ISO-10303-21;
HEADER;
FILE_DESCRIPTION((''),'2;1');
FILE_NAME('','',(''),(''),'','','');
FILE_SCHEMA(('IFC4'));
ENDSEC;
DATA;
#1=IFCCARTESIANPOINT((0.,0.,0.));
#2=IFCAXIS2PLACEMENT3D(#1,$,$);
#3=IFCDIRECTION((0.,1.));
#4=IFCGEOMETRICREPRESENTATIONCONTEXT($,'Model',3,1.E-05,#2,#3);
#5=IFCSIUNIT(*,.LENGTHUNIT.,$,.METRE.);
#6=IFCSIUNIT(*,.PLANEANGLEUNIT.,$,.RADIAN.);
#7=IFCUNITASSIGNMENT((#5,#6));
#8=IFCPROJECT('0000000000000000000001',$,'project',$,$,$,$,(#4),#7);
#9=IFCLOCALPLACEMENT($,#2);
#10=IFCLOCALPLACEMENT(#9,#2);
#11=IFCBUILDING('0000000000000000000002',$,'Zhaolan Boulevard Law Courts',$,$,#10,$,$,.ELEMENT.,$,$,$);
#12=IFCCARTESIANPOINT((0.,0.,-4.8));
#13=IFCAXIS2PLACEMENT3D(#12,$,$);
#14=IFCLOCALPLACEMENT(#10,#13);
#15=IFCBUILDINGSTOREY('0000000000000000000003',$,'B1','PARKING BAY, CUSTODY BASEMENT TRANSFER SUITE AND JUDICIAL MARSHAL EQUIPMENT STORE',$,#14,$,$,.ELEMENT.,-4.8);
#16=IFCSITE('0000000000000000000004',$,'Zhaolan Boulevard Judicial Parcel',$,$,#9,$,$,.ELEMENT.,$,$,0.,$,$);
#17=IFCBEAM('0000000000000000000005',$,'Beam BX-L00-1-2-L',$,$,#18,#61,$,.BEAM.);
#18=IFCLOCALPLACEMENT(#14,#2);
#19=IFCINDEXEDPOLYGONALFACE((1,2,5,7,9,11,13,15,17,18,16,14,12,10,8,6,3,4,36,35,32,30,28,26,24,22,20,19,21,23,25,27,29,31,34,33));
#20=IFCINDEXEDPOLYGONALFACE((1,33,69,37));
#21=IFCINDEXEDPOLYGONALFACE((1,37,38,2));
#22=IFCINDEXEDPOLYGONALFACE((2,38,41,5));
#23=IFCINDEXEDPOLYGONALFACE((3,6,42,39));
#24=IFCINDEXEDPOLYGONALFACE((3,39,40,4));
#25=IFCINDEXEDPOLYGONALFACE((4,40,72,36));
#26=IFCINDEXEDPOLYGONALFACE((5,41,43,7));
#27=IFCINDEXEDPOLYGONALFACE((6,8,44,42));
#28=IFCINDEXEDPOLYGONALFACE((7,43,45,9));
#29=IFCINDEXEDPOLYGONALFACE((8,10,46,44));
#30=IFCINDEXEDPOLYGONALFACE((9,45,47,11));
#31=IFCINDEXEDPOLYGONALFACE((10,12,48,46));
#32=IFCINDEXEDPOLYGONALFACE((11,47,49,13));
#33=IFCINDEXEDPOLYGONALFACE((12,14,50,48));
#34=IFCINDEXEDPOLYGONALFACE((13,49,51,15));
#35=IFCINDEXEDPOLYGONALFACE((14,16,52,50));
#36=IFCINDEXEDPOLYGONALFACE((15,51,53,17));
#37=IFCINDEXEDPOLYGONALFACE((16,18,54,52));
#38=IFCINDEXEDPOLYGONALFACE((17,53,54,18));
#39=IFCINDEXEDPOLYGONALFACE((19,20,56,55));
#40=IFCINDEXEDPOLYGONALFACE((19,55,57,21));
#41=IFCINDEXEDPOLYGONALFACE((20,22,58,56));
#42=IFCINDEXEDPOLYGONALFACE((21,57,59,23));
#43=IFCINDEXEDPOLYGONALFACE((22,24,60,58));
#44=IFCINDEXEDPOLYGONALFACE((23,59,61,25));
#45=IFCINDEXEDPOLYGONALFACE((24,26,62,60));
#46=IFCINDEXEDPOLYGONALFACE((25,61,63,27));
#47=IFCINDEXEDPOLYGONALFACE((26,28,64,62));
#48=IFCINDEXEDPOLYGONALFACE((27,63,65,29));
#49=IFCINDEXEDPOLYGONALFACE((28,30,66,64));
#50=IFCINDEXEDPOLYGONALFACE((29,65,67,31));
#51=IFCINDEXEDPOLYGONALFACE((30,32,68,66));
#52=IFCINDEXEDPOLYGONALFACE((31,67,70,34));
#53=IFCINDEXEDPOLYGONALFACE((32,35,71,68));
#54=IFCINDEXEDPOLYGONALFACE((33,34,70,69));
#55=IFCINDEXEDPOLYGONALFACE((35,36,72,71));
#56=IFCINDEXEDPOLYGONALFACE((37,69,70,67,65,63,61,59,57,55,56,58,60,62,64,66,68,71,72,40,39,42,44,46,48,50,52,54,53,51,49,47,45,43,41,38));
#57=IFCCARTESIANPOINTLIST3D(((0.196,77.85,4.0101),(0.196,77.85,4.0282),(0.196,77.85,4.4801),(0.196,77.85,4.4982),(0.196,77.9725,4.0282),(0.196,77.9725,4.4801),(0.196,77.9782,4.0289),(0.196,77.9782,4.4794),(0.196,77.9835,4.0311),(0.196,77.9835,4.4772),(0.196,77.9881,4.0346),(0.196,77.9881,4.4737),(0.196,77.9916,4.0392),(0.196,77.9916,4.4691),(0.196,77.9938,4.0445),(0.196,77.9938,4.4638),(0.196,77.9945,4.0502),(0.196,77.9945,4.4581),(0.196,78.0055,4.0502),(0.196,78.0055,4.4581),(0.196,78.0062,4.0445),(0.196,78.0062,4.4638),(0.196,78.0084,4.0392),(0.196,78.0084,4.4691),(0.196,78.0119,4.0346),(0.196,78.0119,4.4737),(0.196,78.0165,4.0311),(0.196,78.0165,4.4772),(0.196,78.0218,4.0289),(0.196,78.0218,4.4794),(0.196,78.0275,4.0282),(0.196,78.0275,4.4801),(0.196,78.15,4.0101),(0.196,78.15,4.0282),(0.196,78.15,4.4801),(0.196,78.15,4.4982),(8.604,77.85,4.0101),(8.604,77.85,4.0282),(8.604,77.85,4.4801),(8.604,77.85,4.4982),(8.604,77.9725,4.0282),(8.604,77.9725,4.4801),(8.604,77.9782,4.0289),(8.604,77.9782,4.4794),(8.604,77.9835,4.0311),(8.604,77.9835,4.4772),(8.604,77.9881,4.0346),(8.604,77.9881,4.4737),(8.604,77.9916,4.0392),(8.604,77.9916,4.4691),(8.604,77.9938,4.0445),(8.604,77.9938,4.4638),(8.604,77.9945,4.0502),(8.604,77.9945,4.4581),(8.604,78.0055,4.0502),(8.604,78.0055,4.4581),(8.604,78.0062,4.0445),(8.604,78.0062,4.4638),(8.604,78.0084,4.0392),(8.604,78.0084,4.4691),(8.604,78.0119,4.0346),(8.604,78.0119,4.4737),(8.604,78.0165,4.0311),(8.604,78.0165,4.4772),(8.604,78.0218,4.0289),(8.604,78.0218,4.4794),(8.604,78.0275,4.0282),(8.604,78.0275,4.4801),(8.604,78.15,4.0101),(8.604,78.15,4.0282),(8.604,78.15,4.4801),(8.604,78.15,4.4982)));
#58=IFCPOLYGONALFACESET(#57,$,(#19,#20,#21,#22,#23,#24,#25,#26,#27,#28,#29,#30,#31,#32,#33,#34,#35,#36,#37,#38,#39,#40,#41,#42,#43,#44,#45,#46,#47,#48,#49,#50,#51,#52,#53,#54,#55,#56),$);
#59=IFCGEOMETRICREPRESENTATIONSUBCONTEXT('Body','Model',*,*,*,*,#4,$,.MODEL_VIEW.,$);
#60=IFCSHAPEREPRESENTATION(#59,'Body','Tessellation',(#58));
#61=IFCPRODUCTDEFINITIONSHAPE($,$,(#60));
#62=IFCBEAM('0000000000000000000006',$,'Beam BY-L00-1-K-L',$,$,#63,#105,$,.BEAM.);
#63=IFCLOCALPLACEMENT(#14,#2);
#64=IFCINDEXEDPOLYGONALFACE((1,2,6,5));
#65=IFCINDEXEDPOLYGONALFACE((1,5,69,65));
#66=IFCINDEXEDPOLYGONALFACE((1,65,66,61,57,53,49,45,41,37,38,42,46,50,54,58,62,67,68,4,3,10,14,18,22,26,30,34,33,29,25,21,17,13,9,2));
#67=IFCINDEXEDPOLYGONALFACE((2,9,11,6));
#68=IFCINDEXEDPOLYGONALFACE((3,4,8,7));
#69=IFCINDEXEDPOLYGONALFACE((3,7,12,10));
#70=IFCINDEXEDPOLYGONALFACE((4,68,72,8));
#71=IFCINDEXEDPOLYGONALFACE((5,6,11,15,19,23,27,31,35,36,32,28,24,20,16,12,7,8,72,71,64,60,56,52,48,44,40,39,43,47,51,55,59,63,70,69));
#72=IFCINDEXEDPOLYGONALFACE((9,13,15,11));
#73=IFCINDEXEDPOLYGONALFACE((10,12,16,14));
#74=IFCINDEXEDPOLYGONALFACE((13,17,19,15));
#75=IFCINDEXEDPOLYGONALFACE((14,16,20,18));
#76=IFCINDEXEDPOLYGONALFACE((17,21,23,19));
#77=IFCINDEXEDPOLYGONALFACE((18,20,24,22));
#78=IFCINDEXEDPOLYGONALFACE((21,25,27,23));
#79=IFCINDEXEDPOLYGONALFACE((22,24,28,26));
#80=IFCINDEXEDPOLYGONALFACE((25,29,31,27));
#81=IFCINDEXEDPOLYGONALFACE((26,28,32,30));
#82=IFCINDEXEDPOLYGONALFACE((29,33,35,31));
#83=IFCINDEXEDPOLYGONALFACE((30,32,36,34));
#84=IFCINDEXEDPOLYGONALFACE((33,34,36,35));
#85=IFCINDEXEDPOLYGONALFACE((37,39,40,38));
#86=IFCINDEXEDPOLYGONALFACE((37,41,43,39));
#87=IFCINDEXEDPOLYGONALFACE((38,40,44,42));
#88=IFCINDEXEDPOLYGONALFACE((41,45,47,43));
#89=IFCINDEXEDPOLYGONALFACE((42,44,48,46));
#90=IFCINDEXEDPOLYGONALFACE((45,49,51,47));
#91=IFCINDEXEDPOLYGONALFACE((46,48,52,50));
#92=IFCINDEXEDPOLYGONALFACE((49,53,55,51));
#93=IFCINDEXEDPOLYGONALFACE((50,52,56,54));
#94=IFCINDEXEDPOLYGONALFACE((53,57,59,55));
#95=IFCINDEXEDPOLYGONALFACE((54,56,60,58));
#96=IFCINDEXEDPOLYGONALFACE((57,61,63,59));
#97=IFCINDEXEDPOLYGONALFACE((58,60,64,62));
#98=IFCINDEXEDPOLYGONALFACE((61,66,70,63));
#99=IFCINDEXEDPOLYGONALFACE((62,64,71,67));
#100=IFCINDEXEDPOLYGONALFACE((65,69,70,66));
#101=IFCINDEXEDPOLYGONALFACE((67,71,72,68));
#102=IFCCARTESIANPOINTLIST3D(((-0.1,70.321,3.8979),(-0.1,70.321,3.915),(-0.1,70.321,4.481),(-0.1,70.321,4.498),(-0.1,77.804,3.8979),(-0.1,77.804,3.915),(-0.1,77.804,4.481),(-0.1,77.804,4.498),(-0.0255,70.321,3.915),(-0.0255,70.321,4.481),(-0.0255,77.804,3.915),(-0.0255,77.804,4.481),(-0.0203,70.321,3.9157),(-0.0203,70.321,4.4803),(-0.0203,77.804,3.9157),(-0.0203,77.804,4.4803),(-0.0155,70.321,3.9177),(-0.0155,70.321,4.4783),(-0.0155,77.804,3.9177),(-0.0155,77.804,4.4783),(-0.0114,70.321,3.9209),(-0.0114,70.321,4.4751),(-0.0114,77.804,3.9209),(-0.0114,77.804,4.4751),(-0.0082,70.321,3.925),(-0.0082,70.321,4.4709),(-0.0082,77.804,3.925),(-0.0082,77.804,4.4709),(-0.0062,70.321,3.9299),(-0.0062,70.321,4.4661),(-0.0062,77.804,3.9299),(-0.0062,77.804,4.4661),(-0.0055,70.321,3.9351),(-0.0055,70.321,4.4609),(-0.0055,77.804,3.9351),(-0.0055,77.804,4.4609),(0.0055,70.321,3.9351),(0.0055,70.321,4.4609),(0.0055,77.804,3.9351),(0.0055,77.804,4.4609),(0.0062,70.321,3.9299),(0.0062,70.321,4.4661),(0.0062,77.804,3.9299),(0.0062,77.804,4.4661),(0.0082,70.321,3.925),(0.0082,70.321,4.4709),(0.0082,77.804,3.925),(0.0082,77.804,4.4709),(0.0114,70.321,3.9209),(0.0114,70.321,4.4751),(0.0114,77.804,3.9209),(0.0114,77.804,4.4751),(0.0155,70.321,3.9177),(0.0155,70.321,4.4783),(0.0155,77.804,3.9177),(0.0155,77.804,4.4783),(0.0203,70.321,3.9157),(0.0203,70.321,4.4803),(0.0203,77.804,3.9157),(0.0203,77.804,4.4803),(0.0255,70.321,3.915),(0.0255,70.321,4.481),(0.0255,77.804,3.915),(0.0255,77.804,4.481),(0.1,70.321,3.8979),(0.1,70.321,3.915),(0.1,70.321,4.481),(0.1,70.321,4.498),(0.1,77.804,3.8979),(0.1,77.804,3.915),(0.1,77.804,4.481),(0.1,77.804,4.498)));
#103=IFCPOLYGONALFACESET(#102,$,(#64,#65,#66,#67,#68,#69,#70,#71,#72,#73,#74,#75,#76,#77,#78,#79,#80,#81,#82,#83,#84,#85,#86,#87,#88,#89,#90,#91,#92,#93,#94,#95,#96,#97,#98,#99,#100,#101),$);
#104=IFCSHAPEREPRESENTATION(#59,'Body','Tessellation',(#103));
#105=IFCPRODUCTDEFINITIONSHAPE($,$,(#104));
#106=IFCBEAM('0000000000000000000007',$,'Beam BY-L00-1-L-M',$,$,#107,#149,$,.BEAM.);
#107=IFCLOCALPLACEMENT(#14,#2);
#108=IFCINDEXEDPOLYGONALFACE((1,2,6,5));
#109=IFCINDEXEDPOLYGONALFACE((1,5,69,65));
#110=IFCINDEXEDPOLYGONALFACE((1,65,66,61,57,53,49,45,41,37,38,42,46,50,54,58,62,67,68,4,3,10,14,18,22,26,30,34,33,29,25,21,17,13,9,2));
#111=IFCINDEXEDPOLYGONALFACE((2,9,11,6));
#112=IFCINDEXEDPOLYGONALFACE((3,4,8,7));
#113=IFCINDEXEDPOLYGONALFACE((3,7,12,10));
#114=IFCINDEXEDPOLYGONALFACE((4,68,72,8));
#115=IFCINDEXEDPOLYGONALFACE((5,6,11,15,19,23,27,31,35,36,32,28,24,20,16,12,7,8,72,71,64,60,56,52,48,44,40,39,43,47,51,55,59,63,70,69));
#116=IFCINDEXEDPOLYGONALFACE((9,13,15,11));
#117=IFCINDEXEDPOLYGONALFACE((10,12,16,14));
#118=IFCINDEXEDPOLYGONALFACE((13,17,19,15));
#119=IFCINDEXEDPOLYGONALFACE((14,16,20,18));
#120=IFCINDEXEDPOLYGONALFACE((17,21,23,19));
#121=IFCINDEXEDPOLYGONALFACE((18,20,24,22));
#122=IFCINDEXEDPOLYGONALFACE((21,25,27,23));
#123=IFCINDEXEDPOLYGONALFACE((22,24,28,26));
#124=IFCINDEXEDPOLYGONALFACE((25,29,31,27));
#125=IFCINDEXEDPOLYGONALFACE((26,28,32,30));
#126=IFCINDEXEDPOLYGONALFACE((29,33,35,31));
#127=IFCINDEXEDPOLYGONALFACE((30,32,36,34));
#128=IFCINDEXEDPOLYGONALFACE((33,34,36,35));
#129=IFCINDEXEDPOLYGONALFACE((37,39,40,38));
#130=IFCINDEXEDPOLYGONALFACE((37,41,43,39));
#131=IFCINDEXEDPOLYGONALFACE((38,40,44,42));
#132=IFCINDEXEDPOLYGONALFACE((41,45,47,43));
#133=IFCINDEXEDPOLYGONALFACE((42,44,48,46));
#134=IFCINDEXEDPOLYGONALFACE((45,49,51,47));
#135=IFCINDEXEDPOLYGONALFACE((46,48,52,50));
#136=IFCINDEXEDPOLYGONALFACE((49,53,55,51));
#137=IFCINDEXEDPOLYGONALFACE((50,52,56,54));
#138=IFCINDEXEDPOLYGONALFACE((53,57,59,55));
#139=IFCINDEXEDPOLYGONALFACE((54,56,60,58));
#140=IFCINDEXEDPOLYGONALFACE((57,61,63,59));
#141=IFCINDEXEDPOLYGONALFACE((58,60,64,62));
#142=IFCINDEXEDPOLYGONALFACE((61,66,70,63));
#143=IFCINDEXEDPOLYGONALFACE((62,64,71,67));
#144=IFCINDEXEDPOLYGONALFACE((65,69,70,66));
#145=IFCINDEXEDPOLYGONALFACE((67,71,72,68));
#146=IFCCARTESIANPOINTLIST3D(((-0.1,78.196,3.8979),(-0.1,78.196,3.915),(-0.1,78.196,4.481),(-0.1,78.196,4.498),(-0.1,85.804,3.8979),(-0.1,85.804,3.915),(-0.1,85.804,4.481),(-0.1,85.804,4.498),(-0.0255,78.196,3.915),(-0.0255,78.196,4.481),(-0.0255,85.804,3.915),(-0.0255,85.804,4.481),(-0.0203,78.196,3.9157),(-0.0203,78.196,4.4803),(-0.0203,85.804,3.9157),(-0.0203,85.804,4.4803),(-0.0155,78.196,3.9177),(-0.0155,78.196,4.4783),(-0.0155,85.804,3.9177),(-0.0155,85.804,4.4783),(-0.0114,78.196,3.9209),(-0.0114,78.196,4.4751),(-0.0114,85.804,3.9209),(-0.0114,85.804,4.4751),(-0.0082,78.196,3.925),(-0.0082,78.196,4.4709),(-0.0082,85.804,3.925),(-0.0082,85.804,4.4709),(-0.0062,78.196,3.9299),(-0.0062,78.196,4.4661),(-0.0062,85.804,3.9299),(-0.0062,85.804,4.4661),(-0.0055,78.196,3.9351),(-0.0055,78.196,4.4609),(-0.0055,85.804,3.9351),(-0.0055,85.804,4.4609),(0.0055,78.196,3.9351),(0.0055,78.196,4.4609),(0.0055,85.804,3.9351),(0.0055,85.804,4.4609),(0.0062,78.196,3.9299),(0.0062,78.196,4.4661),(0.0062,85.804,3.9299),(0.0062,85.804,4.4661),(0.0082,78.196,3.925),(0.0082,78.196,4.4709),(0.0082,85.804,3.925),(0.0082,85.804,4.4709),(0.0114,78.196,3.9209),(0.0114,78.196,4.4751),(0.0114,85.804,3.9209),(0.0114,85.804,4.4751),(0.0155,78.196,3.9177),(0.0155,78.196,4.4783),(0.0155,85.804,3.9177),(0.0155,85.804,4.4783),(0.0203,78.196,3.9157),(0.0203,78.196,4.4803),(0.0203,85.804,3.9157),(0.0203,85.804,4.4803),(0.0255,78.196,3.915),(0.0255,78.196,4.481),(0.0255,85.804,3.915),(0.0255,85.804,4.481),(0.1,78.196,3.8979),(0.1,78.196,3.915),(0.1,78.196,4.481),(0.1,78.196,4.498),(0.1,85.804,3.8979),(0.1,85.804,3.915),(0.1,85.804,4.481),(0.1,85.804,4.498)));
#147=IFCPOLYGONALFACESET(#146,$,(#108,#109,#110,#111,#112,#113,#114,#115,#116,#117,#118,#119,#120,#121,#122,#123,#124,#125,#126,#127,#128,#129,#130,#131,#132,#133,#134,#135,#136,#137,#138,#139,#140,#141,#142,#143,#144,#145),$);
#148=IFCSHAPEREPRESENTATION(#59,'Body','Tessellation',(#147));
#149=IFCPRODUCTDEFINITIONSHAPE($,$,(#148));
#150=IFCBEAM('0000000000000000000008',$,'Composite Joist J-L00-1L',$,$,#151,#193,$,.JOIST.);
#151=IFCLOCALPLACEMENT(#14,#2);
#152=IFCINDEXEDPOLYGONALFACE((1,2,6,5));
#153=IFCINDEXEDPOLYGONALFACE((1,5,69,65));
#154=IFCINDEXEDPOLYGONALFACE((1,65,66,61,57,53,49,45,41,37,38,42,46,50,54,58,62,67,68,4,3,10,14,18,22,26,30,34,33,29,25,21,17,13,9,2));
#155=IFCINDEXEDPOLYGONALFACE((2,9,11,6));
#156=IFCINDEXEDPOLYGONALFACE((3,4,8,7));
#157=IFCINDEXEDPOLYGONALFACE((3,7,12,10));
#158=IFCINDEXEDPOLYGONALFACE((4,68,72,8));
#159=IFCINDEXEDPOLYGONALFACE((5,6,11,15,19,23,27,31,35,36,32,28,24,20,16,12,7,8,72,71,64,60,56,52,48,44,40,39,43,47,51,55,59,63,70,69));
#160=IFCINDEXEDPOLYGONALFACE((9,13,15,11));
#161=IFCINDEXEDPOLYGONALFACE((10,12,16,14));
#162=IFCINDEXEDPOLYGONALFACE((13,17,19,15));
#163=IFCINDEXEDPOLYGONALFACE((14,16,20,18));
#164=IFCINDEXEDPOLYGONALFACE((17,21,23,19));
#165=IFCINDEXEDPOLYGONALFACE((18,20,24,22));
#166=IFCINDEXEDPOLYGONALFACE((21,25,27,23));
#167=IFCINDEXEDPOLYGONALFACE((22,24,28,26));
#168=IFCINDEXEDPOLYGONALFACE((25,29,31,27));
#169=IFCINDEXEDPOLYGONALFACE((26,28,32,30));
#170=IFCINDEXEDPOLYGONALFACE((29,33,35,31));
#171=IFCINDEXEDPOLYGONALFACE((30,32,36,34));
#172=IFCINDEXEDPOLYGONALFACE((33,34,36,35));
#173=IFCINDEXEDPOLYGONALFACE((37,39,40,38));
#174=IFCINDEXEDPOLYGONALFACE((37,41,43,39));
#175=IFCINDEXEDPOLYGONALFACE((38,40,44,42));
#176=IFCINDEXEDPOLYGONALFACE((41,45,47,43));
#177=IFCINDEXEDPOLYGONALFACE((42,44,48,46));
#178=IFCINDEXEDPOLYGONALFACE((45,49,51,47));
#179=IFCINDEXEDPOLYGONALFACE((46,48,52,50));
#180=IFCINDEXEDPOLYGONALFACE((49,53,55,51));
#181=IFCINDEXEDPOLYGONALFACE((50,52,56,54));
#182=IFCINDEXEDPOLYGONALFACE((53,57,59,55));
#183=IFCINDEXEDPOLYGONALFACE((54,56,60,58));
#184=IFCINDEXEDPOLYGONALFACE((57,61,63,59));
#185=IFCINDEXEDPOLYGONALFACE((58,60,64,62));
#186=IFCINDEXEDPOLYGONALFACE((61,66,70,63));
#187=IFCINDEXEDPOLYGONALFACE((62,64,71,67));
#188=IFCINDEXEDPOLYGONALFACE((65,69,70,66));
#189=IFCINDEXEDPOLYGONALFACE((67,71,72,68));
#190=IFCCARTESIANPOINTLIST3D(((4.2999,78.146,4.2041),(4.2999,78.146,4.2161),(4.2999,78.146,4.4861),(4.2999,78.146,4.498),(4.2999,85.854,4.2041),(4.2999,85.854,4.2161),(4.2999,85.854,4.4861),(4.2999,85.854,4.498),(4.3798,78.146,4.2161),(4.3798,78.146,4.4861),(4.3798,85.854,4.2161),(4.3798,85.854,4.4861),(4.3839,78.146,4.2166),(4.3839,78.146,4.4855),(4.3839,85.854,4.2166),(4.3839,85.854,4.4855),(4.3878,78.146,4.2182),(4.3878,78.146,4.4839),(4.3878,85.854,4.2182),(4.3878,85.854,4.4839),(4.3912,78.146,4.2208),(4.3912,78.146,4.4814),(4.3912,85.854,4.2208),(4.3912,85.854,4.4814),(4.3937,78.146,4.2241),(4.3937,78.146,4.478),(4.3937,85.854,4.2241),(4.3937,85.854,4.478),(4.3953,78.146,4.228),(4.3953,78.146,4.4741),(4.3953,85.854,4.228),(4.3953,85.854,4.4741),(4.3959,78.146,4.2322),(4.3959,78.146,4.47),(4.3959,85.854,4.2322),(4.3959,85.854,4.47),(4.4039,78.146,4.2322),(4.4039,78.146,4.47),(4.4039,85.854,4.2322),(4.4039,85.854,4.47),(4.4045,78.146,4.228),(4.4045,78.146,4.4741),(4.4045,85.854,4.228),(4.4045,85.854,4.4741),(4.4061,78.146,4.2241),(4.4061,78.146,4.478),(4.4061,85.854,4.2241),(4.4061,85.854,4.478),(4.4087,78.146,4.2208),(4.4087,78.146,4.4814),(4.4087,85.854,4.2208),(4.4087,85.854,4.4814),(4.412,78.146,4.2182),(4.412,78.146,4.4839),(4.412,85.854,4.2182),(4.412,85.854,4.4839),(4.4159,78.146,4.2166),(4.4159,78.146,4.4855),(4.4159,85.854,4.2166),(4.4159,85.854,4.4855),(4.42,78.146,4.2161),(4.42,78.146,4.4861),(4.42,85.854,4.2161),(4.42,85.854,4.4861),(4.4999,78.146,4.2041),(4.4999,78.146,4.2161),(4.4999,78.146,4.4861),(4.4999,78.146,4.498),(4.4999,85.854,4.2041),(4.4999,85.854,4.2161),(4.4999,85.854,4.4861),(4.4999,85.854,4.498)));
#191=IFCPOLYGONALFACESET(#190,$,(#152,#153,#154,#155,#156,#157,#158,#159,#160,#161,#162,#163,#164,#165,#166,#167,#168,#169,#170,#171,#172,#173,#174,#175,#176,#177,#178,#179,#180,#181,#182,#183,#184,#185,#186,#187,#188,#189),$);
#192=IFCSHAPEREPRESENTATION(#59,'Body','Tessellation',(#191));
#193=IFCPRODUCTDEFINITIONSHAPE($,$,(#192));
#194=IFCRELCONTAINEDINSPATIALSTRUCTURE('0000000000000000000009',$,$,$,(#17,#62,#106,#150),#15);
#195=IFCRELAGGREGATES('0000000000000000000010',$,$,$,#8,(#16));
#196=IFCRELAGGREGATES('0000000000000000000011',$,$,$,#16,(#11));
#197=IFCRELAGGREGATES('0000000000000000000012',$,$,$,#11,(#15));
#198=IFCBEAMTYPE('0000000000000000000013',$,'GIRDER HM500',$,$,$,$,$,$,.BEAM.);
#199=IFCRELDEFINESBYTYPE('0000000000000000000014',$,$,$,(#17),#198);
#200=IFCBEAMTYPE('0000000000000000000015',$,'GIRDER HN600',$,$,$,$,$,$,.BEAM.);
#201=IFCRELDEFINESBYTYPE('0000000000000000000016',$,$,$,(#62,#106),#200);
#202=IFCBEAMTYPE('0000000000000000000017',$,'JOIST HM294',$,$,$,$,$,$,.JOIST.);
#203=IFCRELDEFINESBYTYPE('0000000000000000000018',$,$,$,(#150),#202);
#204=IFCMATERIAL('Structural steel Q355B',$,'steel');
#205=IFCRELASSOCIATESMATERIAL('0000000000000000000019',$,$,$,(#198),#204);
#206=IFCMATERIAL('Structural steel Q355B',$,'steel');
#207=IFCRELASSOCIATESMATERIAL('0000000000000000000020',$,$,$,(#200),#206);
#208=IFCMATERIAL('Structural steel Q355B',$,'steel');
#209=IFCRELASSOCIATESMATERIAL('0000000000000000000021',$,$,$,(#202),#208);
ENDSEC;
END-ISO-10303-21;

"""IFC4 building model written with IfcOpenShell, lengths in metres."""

from ifc_helpers import new_model, si_unit, direction, frame, origin, origin_2d, place, context, subcontext, project, spatial, i_section, extrude, material, material_profile, profile_set, type_object, element, save


model = new_model("IFC4")

# Units and contexts
model_context = context("Model", 3, precision=1e-05, world=origin(), true_north=direction((0.0, 1.0)))
body_context = subcontext(model_context, "Body", "Model", "MODEL_VIEW")
ifc_project = project(units=[si_unit("LENGTHUNIT", "METRE"), si_unit("PLANEANGLEUNIT", "RADIAN")], contexts=[model_context])

# Site, building, storey
site_placement = place(None, origin())
site = spatial("IfcSite", under=ifc_project, at=site_placement, Name="Zhaolan Boulevard Judicial Parcel", CompositionType="ELEMENT", RefElevation=0.0)
building_placement = place(site_placement, origin())
building = spatial("IfcBuilding", under=site, at=building_placement, Name="Zhaolan Boulevard Law Courts", CompositionType="ELEMENT")
storey_placement = place(building_placement, frame((0.0, 0.0, -4.8)))
storey = spatial("IfcBuildingStorey", under=building, at=storey_placement, Name="B1", Description="PARKING BAY, CUSTODY BASEMENT TRANSFER SUITE AND JUDICIAL MARSHAL EQUIPMENT STORE", CompositionType="ELEMENT", Elevation=-4.8)

# Beams
ifc_material_1 = material(Name="Structural steel Q355B", Category="steel")
ifc_material_profile_1 = material_profile(ifc_material_1, i_section(OverallWidth=0.3, OverallDepth=0.488, WebThickness=0.011, FlangeThickness=0.0181, FilletRadius=0.022, at=origin_2d()), Name="HM488x300")
ifc_profile_set_1 = profile_set([ifc_material_profile_1], Name="Structural steel Q355B")
beam_type_1 = type_object("IfcBeamType", Name="GIRDER HM500", PredefinedType="BEAM", material=ifc_profile_set_1)
beam_1_placement = place(storey_placement, frame((0.196, 78.0, 4.2542), z_axis=(1.0, 0.0, 0.0), x_axis=(0.0, 1.0, 0.0)))
element("IfcBeam", 1, at=beam_1_placement, inside=storey, type_object=beam_type_1, Name="Beam BX-L00-1-2-L", PredefinedType="BEAM", context=body_context, shape_type="SweptSolid", body=[
    extrude(i_section(OverallWidth=0.3, OverallDepth=0.488, WebThickness=0.011, FlangeThickness=0.0181, FilletRadius=0.022, at=origin_2d()), origin(), (0.0, 0.0, 1.0), 8.408),
])
ifc_material_2 = material(Name="Structural steel Q355B", Category="steel")
ifc_material_profile_2 = material_profile(ifc_material_2, i_section(OverallWidth=0.2, OverallDepth=0.6001, WebThickness=0.011, FlangeThickness=0.0171, FilletRadius=0.02, at=origin_2d()), Name="HN600x200")
ifc_profile_set_2 = profile_set([ifc_material_profile_2], Name="Structural steel Q355B")
beam_type_2 = type_object("IfcBeamType", Name="GIRDER HN600", PredefinedType="BEAM", material=ifc_profile_set_2)
beam_2_placement = place(storey_placement, frame((0.0, 70.321, 4.198), z_axis=(0.0, 1.0, 0.0), x_axis=(-1.0, 0.0, 0.0)))
element("IfcBeam", 2, at=beam_2_placement, inside=storey, type_object=beam_type_2, Name="Beam BY-L00-1-K-L", PredefinedType="BEAM", context=body_context, shape_type="SweptSolid", body=[
    extrude(i_section(OverallWidth=0.2, OverallDepth=0.6001, WebThickness=0.011, FlangeThickness=0.0171, FilletRadius=0.02, at=origin_2d()), origin(), (0.0, 0.0, 1.0), 7.4829),
])
beam_3_placement = place(storey_placement, frame((0.0, 78.196, 4.198), z_axis=(0.0, 1.0, 0.0), x_axis=(-1.0, 0.0, 0.0)))
element("IfcBeam", 3, at=beam_3_placement, inside=storey, type_object=beam_type_2, Name="Beam BY-L00-1-L-M", PredefinedType="BEAM", context=body_context, shape_type="SweptSolid", body=[
    extrude(i_section(OverallWidth=0.2, OverallDepth=0.6001, WebThickness=0.011, FlangeThickness=0.0171, FilletRadius=0.02, at=origin_2d()), origin(), (0.0, 0.0, 1.0), 7.6079),
])
ifc_material_3 = material(Name="Structural steel Q355B", Category="steel")
ifc_material_profile_3 = material_profile(ifc_material_3, i_section(OverallWidth=0.2, OverallDepth=0.2939, WebThickness=0.0081, FlangeThickness=0.012, FilletRadius=0.0161, at=origin_2d()), Name="HM294x200")
ifc_profile_set_3 = profile_set([ifc_material_profile_3], Name="Structural steel Q355B")
beam_type_3 = type_object("IfcBeamType", Name="JOIST HM294", PredefinedType="JOIST", material=ifc_profile_set_3)
beam_4_placement = place(storey_placement, frame((4.3999, 78.146, 4.3511), z_axis=(0.0, 1.0, 0.0), x_axis=(-1.0, 0.0, 0.0)))
element("IfcBeam", 4, at=beam_4_placement, inside=storey, type_object=beam_type_3, Name="Composite Joist J-L00-1L", PredefinedType="JOIST", context=body_context, shape_type="SweptSolid", body=[
    extrude(i_section(OverallWidth=0.2, OverallDepth=0.2939, WebThickness=0.0081, FlangeThickness=0.012, FilletRadius=0.0161, at=origin_2d()), origin(), (0.0, 0.0, 1.0), 7.708),
])

save(model, "model.ifc")
